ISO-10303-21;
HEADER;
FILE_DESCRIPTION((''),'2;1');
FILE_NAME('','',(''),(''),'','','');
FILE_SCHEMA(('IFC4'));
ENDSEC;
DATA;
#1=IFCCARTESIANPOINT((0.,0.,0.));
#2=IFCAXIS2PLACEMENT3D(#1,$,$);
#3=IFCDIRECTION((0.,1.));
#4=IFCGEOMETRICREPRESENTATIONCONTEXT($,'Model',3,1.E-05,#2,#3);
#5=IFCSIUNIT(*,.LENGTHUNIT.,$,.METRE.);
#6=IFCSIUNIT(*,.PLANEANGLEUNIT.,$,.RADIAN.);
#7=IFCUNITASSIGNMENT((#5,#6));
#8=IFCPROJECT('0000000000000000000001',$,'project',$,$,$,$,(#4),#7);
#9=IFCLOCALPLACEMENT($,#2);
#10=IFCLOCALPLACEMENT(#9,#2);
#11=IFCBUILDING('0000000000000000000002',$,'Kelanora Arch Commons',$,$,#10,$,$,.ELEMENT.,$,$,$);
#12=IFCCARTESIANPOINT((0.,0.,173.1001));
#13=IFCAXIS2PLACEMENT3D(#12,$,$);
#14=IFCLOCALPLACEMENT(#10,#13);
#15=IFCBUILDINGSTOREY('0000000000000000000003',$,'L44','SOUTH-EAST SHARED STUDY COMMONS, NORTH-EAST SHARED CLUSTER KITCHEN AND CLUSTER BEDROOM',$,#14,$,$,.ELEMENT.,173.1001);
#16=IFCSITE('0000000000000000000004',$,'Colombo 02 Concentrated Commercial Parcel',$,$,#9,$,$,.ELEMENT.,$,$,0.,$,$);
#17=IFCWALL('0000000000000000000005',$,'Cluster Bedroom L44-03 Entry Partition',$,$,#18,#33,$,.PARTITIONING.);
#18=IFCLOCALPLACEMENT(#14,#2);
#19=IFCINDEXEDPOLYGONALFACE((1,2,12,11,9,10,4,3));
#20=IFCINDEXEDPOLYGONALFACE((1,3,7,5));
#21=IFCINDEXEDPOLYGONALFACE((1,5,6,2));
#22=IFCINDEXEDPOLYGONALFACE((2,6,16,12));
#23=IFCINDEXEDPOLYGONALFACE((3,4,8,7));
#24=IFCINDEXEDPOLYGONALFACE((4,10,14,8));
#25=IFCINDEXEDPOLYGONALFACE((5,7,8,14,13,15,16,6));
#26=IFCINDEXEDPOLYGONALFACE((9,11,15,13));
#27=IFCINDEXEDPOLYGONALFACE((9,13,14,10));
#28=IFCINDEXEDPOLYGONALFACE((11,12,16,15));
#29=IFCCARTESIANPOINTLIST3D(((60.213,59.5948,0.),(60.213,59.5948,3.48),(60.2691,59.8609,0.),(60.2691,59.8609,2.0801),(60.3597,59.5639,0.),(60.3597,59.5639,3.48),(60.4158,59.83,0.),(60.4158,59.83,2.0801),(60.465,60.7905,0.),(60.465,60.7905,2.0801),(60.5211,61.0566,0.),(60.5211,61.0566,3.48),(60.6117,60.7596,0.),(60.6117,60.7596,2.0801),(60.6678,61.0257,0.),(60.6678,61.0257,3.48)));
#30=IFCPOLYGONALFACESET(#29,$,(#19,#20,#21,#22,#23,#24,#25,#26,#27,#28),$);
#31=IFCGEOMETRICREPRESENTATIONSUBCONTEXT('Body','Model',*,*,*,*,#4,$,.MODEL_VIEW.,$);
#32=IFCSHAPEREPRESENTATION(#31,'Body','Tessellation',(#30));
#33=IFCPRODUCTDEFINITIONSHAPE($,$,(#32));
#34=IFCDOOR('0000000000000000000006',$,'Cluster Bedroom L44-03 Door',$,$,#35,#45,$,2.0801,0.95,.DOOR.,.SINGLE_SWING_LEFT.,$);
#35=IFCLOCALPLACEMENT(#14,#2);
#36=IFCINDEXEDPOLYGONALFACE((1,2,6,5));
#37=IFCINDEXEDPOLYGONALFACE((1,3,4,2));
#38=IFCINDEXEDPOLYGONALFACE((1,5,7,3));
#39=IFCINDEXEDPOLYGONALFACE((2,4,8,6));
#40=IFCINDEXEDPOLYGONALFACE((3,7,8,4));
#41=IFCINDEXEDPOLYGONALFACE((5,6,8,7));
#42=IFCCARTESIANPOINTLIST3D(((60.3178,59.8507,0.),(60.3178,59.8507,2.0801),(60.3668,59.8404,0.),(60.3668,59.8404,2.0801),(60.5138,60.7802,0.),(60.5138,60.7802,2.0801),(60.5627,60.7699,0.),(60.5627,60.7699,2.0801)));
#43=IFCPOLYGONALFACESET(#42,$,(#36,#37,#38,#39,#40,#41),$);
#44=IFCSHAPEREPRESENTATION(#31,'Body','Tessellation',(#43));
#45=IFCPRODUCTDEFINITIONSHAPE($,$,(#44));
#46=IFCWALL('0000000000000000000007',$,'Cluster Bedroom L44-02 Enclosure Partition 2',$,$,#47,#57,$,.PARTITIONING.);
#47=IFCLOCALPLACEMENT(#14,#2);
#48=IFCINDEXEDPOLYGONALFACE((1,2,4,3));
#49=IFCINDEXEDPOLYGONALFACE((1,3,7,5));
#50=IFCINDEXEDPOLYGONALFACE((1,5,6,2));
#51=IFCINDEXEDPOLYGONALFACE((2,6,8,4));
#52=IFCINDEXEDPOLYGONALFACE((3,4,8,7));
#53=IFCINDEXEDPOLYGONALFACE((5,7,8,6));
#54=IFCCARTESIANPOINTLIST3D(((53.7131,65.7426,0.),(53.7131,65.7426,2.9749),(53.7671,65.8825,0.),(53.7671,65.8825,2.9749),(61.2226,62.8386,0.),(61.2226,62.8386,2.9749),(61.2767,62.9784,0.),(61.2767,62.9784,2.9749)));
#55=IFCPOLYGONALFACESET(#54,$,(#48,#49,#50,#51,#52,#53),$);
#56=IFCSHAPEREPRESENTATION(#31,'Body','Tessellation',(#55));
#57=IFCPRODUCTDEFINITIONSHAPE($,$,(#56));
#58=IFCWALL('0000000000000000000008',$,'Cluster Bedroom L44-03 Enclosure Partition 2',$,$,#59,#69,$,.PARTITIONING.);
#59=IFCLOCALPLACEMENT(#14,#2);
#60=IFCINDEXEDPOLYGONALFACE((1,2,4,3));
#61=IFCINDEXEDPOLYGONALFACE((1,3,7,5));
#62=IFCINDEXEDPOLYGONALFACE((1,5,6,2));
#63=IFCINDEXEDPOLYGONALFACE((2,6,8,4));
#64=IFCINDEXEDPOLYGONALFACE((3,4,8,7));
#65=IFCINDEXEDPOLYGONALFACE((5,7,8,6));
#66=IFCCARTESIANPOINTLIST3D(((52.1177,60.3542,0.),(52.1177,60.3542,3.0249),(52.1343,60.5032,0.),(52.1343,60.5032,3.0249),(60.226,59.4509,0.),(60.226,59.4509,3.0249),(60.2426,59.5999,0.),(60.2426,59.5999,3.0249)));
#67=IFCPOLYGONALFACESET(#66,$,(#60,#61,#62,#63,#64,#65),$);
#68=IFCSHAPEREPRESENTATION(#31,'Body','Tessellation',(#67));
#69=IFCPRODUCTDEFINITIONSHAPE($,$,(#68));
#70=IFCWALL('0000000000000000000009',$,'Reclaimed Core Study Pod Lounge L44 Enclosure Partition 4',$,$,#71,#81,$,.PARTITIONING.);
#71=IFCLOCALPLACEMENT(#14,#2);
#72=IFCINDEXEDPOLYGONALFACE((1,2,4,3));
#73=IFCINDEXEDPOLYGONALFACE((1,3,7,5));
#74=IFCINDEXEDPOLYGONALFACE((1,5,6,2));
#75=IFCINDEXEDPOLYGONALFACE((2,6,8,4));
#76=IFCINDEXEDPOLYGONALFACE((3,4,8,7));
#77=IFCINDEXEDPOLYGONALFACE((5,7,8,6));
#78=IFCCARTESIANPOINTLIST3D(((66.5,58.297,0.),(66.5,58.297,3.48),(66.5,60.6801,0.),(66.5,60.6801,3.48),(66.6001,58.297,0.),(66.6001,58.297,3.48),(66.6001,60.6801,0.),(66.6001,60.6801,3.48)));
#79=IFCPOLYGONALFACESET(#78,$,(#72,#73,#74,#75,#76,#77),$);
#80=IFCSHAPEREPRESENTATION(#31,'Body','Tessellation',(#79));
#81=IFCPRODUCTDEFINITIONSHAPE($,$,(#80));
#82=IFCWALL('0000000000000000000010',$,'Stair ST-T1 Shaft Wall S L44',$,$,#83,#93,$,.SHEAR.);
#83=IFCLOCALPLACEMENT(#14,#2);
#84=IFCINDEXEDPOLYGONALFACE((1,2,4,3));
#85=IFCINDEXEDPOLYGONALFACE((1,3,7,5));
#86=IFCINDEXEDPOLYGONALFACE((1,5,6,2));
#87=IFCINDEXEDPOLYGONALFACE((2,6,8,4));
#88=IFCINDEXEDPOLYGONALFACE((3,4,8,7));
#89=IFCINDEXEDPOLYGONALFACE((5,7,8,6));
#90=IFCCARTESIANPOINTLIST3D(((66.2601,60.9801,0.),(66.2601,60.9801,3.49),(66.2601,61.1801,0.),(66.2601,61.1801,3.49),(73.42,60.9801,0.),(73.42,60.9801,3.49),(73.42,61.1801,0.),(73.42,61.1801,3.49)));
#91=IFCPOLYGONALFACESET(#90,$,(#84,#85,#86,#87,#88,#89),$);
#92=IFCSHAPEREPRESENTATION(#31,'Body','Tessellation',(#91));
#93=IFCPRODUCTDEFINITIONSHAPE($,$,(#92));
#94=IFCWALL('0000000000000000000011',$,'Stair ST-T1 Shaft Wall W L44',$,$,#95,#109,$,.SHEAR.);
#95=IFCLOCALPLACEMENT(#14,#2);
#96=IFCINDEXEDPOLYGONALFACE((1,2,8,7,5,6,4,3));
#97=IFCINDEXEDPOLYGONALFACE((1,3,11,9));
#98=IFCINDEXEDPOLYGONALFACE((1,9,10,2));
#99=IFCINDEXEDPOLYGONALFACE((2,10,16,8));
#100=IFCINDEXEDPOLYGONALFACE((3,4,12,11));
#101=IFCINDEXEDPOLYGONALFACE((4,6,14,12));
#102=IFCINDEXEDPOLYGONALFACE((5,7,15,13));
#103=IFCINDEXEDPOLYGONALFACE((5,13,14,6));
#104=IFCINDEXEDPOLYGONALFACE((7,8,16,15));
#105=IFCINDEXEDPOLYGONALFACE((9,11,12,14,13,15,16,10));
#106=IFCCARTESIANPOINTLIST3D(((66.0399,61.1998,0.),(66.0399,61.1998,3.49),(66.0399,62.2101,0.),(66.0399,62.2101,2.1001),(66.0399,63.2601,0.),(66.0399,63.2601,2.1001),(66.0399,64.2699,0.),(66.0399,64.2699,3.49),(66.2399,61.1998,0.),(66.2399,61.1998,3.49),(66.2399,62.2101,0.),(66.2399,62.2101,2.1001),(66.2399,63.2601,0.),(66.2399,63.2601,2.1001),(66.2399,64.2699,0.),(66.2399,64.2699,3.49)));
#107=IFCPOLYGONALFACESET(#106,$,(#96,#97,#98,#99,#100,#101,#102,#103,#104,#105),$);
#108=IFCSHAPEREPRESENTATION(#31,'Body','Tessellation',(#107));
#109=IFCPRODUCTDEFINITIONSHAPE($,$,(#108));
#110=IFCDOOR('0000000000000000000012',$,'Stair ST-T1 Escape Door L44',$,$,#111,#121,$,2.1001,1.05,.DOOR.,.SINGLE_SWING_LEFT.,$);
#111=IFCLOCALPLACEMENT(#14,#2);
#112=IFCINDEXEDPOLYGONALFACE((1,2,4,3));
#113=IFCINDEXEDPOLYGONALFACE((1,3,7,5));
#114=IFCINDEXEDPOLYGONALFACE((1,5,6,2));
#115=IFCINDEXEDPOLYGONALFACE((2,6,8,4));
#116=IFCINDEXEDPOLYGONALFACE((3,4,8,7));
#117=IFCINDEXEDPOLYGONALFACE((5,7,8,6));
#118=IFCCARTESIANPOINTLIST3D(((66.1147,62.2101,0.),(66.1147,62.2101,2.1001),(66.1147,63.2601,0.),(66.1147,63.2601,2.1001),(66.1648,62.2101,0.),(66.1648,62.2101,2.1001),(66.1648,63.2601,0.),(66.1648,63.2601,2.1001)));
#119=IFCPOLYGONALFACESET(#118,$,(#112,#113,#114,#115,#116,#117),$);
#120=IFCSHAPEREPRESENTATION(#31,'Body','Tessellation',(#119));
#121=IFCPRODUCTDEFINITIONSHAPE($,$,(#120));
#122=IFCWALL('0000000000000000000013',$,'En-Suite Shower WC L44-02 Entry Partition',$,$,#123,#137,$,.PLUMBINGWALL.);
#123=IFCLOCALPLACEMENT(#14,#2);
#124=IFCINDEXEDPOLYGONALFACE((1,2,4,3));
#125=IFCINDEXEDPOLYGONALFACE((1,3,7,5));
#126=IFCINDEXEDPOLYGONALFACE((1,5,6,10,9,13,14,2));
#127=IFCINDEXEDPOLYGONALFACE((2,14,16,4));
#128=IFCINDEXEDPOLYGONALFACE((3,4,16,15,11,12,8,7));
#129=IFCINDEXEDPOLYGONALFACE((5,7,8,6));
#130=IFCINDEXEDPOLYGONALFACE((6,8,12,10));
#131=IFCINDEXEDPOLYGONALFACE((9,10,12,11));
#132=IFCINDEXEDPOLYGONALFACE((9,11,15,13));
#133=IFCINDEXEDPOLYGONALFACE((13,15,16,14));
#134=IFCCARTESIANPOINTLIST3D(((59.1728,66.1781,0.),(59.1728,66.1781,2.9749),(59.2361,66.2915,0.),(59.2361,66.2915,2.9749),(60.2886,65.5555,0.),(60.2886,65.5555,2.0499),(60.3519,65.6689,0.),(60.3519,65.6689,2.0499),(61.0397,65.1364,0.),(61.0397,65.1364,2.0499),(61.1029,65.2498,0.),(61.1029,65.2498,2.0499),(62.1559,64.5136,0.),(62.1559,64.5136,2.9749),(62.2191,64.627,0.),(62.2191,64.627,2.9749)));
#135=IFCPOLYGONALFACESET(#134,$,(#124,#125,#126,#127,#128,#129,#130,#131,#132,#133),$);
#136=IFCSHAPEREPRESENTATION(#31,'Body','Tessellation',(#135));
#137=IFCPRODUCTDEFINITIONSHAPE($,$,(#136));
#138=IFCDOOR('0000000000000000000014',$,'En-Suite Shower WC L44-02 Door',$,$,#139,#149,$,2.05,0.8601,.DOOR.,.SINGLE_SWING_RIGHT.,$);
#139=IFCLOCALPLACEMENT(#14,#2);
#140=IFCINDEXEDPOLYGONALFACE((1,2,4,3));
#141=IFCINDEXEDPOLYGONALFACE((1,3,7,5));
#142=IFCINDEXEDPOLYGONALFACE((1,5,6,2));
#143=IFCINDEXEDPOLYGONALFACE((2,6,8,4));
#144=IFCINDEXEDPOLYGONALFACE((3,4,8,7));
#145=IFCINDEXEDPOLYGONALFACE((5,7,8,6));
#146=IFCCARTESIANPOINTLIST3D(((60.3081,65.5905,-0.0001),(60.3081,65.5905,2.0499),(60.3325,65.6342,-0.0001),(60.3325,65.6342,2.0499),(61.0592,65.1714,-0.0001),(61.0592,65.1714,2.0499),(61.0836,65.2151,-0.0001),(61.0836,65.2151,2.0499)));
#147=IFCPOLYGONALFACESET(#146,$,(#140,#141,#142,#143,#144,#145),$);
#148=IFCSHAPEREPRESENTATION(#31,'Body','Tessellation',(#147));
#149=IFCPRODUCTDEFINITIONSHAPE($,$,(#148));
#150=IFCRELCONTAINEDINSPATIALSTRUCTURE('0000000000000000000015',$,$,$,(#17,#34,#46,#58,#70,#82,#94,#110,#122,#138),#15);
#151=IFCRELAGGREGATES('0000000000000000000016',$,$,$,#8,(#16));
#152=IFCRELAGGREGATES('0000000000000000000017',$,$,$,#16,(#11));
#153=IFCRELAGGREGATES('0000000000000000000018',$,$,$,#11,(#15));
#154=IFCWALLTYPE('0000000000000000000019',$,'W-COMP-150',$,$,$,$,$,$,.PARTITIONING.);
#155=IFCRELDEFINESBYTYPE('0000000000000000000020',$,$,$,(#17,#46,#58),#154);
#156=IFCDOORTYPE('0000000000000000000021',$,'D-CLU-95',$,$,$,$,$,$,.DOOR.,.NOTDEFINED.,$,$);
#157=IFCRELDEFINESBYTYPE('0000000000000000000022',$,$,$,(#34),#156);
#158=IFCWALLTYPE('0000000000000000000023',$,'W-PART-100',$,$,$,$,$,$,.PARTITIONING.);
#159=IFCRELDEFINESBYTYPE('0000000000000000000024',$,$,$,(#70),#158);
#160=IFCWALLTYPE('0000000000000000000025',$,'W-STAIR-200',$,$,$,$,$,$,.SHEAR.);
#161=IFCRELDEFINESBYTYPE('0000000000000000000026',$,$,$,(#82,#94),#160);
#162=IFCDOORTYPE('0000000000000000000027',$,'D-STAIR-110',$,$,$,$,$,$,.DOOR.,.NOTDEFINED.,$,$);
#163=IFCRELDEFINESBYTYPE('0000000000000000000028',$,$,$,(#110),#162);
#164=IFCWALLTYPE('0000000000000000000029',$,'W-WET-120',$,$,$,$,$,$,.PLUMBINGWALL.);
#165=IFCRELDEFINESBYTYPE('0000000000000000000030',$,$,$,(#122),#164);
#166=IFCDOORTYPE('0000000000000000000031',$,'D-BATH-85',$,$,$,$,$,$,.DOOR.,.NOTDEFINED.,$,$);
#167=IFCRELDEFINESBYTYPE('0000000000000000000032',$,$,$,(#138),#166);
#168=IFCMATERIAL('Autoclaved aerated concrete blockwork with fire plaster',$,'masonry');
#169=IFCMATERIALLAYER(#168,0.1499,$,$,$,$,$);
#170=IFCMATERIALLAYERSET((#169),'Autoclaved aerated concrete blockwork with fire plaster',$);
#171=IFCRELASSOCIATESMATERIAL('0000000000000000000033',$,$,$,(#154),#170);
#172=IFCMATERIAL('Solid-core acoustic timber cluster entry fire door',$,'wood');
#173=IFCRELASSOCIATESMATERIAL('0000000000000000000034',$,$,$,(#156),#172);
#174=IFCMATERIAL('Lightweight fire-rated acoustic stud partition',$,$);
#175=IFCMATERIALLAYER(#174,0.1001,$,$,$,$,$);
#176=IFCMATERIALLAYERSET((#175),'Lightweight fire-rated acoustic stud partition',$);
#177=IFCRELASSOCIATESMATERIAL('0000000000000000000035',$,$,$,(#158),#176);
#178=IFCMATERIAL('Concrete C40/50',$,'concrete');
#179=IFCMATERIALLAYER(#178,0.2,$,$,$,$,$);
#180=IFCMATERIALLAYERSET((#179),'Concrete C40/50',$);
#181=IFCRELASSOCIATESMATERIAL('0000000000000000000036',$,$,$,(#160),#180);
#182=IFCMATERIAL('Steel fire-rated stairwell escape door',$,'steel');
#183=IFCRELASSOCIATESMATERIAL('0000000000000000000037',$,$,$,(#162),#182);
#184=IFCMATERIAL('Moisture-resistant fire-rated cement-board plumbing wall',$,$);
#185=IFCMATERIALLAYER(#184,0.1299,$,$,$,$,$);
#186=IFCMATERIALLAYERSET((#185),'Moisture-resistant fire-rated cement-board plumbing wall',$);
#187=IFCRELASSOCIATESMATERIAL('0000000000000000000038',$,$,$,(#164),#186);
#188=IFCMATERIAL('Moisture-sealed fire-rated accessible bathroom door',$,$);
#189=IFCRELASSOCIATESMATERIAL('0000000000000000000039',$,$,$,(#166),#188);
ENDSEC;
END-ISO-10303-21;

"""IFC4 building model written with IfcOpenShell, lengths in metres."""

from ifc_helpers import new_model, si_unit, direction, frame, frame_2d, origin, place, context, subcontext, project, spatial, rectangle, extrude, material, layer, layer_set, type_object, element, fill, save


model = new_model("IFC4")

# Units and contexts
model_context = context("Model", 3, precision=1e-05, world=origin(), true_north=direction((0.0, 1.0)))
body_context = subcontext(model_context, "Body", "Model", "MODEL_VIEW")
ifc_project = project(units=[si_unit("LENGTHUNIT", "METRE"), si_unit("PLANEANGLEUNIT", "RADIAN")], contexts=[model_context])

# Site, building, storey
site_placement = place(None, origin())
site = spatial("IfcSite", under=ifc_project, at=site_placement, Name="Colombo 02 Concentrated Commercial Parcel", CompositionType="ELEMENT", RefElevation=0.0)
building_placement = place(site_placement, origin())
building = spatial("IfcBuilding", under=site, at=building_placement, Name="Kelanora Arch Commons", CompositionType="ELEMENT")
storey_placement = place(building_placement, frame((0.0, 0.0, 173.1001)))
storey = spatial("IfcBuildingStorey", under=building, at=storey_placement, Name="L44", Description="SOUTH-EAST SHARED STUDY COMMONS, NORTH-EAST SHARED CLUSTER KITCHEN AND CLUSTER BEDROOM", CompositionType="ELEMENT", Elevation=173.1001)

# Wall, opening, door
ifc_material_1 = material(Name="Autoclaved aerated concrete blockwork with fire plaster", Category="masonry")
ifc_layer_1 = layer(ifc_material_1, 0.1499)
ifc_layer_set_1 = layer_set([ifc_layer_1], Name="Autoclaved aerated concrete blockwork with fire plaster")
wall_type_1 = type_object("IfcWallType", Name="W-COMP-150", PredefinedType="PARTITIONING", material=ifc_layer_set_1)
ifc_material_2 = material(Name="Solid-core acoustic timber cluster entry fire door", Category="wood")
door_type_1 = type_object("IfcDoorType", Name="D-CLU-95", OperationType="NOTDEFINED", PredefinedType="DOOR", material=ifc_material_2)
wall_1_placement = place(storey_placement, frame((60.5945, 61.0413, 0.0), z_axis=(0.0, 0.0, 1.0), x_axis=(-0.206258, -0.978498, 0.0)))
wall_1 = element("IfcWall", 1, at=wall_1_placement, inside=storey, type_object=wall_type_1, Name="Cluster Bedroom L44-03 Entry Partition", PredefinedType="PARTITIONING", context=body_context, shape_type="SweptSolid", body=[
    extrude(rectangle(XDim=1.4939, YDim=0.1499, at=frame_2d((0.7471, 0.0))), origin(), (0.0, 0.0, 1.0), 3.48),
])
opening_1_placement = place(wall_1_placement, frame((0.272, 0.0, 0.0)))
opening_1 = element("IfcOpeningElement", 2, at=opening_1_placement, cuts=wall_1, PredefinedType="OPENING", context=body_context, shape_type="SweptSolid", body=[
    extrude(rectangle(XDim=0.95, YDim=2.0801, at=frame_2d((0.4751, 1.04))), frame((0.0, 0.085, 0.0), z_axis=(0.0, -1.0, 0.0), x_axis=(1.0, 0.0, 0.0)), (0.0, 0.0, 1.0), 0.1699),
])
door_1_placement = place(opening_1_placement, origin())
door_1 = element("IfcDoor", 3, at=door_1_placement, inside=storey, type_object=door_type_1, Name="Cluster Bedroom L44-03 Door", OperationType="SINGLE_SWING_LEFT", OverallHeight=2.0801, OverallWidth=0.95, PredefinedType="DOOR", context=body_context, shape_type="SweptSolid", body=[
    extrude(rectangle(XDim=0.95, YDim=2.0801, at=frame_2d((0.4751, 1.04))), frame((0.0, 0.0249, 0.0), z_axis=(0.0, -1.0, 0.0), x_axis=(1.0, 0.0, 0.0)), (0.0, 0.0, 1.0), 0.05),
])
fill(opening_1, door_1)

# Walls
wall_2_placement = place(storey_placement, frame((61.2498, 62.9084, 0.0), z_axis=(0.0, 0.0, 1.0), x_axis=(-0.932688, 0.360685, 0.0)))
element("IfcWall", 4, at=wall_2_placement, inside=storey, type_object=wall_type_1, Name="Cluster Bedroom L44-02 Enclosure Partition 2", PredefinedType="PARTITIONING", context=body_context, shape_type="SweptSolid", body=[
    extrude(rectangle(XDim=8.0515, YDim=0.1499, at=frame_2d((4.0259, 0.0))), origin(), (0.0, 0.0, 1.0), 2.9749),
])
wall_3_placement = place(storey_placement, frame((60.2341, 59.5254, 0.0), z_axis=(0.0, 0.0, 1.0), x_axis=(-0.993852, 0.110721, 0.0)))
element("IfcWall", 5, at=wall_3_placement, inside=storey, type_object=wall_type_1, Name="Cluster Bedroom L44-03 Enclosure Partition 2", PredefinedType="PARTITIONING", context=body_context, shape_type="SweptSolid", body=[
    extrude(rectangle(XDim=8.1584, YDim=0.1499, at=frame_2d((4.0791, 0.0))), origin(), (0.0, 0.0, 1.0), 3.0249),
])
ifc_material_3 = material(Name="Lightweight fire-rated acoustic stud partition")
ifc_layer_2 = layer(ifc_material_3, 0.1001)
ifc_layer_set_2 = layer_set([ifc_layer_2], Name="Lightweight fire-rated acoustic stud partition")
wall_type_2 = type_object("IfcWallType", Name="W-PART-100", PredefinedType="PARTITIONING", material=ifc_layer_set_2)
wall_4_placement = place(storey_placement, frame((66.55, 60.6799, 0.0), z_axis=(0.0, 0.0, 1.0), x_axis=(0.0, -1.0, 0.0)))
element("IfcWall", 6, at=wall_4_placement, inside=storey, type_object=wall_type_2, Name="Reclaimed Core Study Pod Lounge L44 Enclosure Partition 4", PredefinedType="PARTITIONING", context=body_context, shape_type="SweptSolid", body=[
    extrude(rectangle(XDim=2.3831, YDim=0.1001, at=frame_2d((1.1914, 0.0))), origin(), (0.0, 0.0, 1.0), 3.48),
])
ifc_material_4 = material(Name="Concrete C40/50", Category="concrete")
ifc_layer_3 = layer(ifc_material_4, 0.2)
ifc_layer_set_3 = layer_set([ifc_layer_3], Name="Concrete C40/50")
wall_type_3 = type_object("IfcWallType", Name="W-STAIR-200", PredefinedType="SHEAR", material=ifc_layer_set_3)
wall_5_placement = place(storey_placement, frame((66.26, 61.0801, 0.0), z_axis=(0.0, 0.0, 1.0), x_axis=(1.0, 0.0, 0.0)))
element("IfcWall", 7, at=wall_5_placement, inside=storey, type_object=wall_type_3, Name="Stair ST-T1 Shaft Wall S L44", PredefinedType="SHEAR", context=body_context, shape_type="SweptSolid", body=[
    extrude(rectangle(XDim=7.1599, YDim=0.2, at=frame_2d((3.5801, 0.0))), origin(), (0.0, 0.0, 1.0), 3.49),
])

# Walls, openings, doors
wall_6_placement = place(storey_placement, frame((66.1399, 64.27, 0.0), z_axis=(0.0, 0.0, 1.0), x_axis=(0.0, -1.0, 0.0)))
wall_6 = element("IfcWall", 8, at=wall_6_placement, inside=storey, type_object=wall_type_3, Name="Stair ST-T1 Shaft Wall W L44", PredefinedType="SHEAR", context=body_context, shape_type="SweptSolid", body=[
    extrude(rectangle(XDim=3.0701, YDim=0.2, at=frame_2d((1.5352, 0.0))), origin(), (0.0, 0.0, 1.0), 3.49),
])
opening_2_placement = place(wall_6_placement, frame((1.01, 0.0, 0.0)))
opening_2 = element("IfcOpeningElement", 9, at=opening_2_placement, cuts=wall_6, PredefinedType="OPENING", context=body_context, shape_type="SweptSolid", body=[
    extrude(rectangle(XDim=1.05, YDim=2.1001, at=frame_2d((0.5249, 1.05))), frame((0.0, 0.1099, 0.0), z_axis=(0.0, -1.0, 0.0), x_axis=(1.0, 0.0, 0.0)), (0.0, 0.0, 1.0), 0.22),
])
ifc_material_5 = material(Name="Steel fire-rated stairwell escape door", Category="steel")
door_type_2 = type_object("IfcDoorType", Name="D-STAIR-110", OperationType="NOTDEFINED", PredefinedType="DOOR", material=ifc_material_5)
door_2_placement = place(opening_2_placement, origin())
door_2 = element("IfcDoor", 10, at=door_2_placement, inside=storey, type_object=door_type_2, Name="Stair ST-T1 Escape Door L44", OperationType="SINGLE_SWING_LEFT", OverallHeight=2.1001, OverallWidth=1.05, PredefinedType="DOOR", context=body_context, shape_type="SweptSolid", body=[
    extrude(rectangle(XDim=1.05, YDim=2.1001, at=frame_2d((0.5249, 1.05))), frame((0.0, 0.0249, 0.0), z_axis=(0.0, -1.0, 0.0), x_axis=(1.0, 0.0, 0.0)), (0.0, 0.0, 1.0), 0.05),
])
fill(opening_2, door_2)
ifc_material_6 = material(Name="Moisture-resistant fire-rated cement-board plumbing wall")
ifc_layer_4 = layer(ifc_material_6, 0.1299)
ifc_layer_set_4 = layer_set([ifc_layer_4], Name="Moisture-resistant fire-rated cement-board plumbing wall")
wall_type_4 = type_object("IfcWallType", Name="W-WET-120", PredefinedType="PLUMBINGWALL", material=ifc_layer_set_4)
wall_7_placement = place(storey_placement, frame((62.1875, 64.5703, 0.0), z_axis=(0.0, 0.0, 1.0), x_axis=(-0.873256, 0.487262, 0.0)))
wall_7 = element("IfcWall", 11, at=wall_7_placement, inside=storey, type_object=wall_type_4, Name="En-Suite Shower WC L44-02 Entry Partition", PredefinedType="PLUMBINGWALL", context=body_context, shape_type="SweptSolid", body=[
    extrude(rectangle(XDim=3.416, YDim=0.1299, at=frame_2d((1.708, 0.0))), origin(), (0.0, 0.0, 1.0), 2.9749),
])
opening_3_placement = place(wall_7_placement, frame((1.2781, 0.0, 0.0)))
opening_3 = element("IfcOpeningElement", 12, at=opening_3_placement, cuts=wall_7, PredefinedType="OPENING", context=body_context, shape_type="SweptSolid", body=[
    extrude(rectangle(XDim=0.8601, YDim=2.05, at=frame_2d((0.4302, 1.0249))), frame((0.0, 0.075, 0.0), z_axis=(0.0, -1.0, 0.0), x_axis=(1.0, 0.0, 0.0)), (0.0, 0.0, 1.0), 0.1499),
])
ifc_material_7 = material(Name="Moisture-sealed fire-rated accessible bathroom door")
door_type_3 = type_object("IfcDoorType", Name="D-BATH-85", OperationType="NOTDEFINED", PredefinedType="DOOR", material=ifc_material_7)
door_3_placement = place(opening_3_placement, origin())
door_3 = element("IfcDoor", 13, at=door_3_placement, inside=storey, type_object=door_type_3, Name="En-Suite Shower WC L44-02 Door", OperationType="SINGLE_SWING_RIGHT", OverallHeight=2.05, OverallWidth=0.8601, PredefinedType="DOOR", context=body_context, shape_type="SweptSolid", body=[
    extrude(rectangle(XDim=0.8601, YDim=2.05, at=frame_2d((0.4302, 1.0249))), frame((0.0, 0.0249, 0.0), z_axis=(0.0, -1.0, 0.0), x_axis=(1.0, 0.0, 0.0)), (0.0, 0.0, 1.0), 0.05),
])
fill(opening_3, door_3)

save(model, "model.ifc")
